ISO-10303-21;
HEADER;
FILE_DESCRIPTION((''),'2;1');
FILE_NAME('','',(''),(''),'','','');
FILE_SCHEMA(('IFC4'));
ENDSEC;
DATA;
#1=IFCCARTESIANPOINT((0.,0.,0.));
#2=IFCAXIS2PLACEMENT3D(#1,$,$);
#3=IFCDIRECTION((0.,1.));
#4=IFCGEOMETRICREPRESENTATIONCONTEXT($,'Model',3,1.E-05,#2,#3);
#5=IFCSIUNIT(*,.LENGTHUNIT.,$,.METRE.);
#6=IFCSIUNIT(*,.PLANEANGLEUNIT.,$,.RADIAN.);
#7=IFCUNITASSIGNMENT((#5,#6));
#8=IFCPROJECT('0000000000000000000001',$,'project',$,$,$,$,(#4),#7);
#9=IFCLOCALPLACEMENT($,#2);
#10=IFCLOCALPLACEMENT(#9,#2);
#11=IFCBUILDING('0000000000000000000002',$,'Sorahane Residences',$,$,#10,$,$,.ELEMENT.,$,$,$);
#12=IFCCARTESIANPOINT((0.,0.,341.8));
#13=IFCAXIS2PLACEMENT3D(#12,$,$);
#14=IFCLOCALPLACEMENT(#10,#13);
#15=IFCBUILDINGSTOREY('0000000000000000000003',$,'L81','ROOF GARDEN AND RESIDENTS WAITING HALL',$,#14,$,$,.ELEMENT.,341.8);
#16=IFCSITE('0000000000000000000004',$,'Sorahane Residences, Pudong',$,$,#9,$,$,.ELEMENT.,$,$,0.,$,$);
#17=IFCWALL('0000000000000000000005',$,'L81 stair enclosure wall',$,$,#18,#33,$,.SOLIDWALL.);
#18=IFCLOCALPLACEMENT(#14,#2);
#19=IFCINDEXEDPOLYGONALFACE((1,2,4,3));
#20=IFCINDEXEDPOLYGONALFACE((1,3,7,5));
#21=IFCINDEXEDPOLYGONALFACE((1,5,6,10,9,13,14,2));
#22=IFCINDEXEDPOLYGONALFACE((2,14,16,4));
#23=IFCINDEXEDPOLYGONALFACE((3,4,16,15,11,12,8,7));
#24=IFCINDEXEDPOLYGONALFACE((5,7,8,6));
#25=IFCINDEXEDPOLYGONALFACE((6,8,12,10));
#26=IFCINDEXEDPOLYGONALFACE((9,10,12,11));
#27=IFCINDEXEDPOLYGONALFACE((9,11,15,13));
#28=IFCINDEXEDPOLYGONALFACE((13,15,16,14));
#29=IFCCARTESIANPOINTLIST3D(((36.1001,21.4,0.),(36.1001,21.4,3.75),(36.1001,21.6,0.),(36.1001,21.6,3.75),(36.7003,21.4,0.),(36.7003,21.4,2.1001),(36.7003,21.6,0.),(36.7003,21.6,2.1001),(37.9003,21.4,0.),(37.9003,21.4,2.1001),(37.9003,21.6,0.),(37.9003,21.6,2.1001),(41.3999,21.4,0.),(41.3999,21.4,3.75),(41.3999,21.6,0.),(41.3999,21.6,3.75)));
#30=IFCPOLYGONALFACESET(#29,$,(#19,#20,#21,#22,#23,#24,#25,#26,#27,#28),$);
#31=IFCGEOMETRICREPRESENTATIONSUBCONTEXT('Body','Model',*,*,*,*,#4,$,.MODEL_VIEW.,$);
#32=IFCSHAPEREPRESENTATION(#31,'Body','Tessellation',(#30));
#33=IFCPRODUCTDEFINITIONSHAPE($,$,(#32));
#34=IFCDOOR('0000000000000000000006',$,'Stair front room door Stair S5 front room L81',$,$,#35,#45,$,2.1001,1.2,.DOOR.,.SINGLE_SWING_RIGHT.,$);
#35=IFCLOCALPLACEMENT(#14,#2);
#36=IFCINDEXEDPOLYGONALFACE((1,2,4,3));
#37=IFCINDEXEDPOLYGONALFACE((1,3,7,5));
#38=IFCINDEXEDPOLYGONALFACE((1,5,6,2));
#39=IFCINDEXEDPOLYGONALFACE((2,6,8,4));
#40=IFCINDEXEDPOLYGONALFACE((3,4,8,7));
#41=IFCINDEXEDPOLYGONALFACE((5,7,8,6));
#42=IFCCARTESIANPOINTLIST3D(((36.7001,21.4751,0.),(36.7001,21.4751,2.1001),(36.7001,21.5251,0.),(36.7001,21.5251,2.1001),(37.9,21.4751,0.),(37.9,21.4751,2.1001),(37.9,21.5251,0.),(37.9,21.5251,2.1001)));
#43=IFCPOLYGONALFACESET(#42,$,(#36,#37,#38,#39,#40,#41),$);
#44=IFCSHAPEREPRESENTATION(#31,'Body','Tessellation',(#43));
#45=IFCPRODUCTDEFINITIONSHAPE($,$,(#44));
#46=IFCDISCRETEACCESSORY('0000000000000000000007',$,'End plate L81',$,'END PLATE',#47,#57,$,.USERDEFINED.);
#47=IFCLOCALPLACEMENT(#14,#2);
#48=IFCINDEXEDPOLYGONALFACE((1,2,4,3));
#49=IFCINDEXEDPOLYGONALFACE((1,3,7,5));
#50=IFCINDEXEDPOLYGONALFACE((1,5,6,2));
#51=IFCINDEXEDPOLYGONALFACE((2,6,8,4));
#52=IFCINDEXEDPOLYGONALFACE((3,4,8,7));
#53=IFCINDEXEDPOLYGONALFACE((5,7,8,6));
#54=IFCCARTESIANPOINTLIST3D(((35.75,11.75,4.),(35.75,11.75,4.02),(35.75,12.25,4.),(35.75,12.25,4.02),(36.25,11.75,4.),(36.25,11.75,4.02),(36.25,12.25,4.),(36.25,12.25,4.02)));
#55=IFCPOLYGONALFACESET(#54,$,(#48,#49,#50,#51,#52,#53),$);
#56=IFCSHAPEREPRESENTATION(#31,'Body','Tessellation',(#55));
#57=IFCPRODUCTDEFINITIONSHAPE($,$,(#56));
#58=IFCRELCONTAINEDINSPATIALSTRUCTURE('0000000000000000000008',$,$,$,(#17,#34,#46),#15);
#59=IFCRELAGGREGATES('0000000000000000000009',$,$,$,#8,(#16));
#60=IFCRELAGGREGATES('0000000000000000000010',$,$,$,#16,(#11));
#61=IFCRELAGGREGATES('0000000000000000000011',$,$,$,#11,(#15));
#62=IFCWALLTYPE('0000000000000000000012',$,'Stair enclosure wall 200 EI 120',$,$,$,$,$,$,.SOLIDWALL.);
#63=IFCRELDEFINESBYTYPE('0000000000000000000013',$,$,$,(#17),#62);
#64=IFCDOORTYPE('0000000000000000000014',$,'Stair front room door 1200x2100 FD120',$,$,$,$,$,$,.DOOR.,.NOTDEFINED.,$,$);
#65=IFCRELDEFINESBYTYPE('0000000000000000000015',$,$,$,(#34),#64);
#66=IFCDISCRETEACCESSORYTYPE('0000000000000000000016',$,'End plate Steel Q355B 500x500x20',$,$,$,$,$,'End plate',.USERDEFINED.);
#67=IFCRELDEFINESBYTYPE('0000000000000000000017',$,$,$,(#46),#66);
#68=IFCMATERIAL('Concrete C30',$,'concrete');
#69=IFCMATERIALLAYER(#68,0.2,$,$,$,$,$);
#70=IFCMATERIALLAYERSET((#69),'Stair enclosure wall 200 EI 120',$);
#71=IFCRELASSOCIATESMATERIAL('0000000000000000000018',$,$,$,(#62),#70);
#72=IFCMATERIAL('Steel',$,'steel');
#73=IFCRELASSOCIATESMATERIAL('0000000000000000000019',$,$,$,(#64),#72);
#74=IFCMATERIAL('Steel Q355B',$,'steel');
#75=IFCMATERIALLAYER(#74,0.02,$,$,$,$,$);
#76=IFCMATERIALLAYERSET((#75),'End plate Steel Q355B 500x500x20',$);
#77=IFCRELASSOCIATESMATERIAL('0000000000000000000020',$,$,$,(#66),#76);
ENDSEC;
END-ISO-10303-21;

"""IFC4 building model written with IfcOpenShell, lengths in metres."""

from ifc_helpers import new_model, si_unit, direction, frame, frame_2d, origin, origin_2d, place, context, subcontext, project, spatial, rectangle, extrude, material, layer, layer_set, type_object, element, fill, save


model = new_model("IFC4")

# Units and contexts
model_context = context("Model", 3, precision=1e-05, world=origin(), true_north=direction((0.0, 1.0)))
body_context = subcontext(model_context, "Body", "Model", "MODEL_VIEW")
ifc_project = project(units=[si_unit("LENGTHUNIT", "METRE"), si_unit("PLANEANGLEUNIT", "RADIAN")], contexts=[model_context])

# Site, building, storey
site_placement = place(None, origin())
site = spatial("IfcSite", under=ifc_project, at=site_placement, Name="Sorahane Residences, Pudong", CompositionType="ELEMENT", RefElevation=0.0)
building_placement = place(site_placement, origin())
building = spatial("IfcBuilding", under=site, at=building_placement, Name="Sorahane Residences", CompositionType="ELEMENT")
storey_placement = place(building_placement, frame((0.0, 0.0, 341.8)))
storey = spatial("IfcBuildingStorey", under=building, at=storey_placement, Name="L81", Description="ROOF GARDEN AND RESIDENTS WAITING HALL", CompositionType="ELEMENT", Elevation=341.8)

# Shared definitions
ifc_material_1 = material(Name="Concrete C30", Category="concrete")
ifc_layer_1 = layer(ifc_material_1, 0.2)
ifc_layer_set_1 = layer_set([ifc_layer_1], Name="Stair enclosure wall 200 EI 120")
wall_type_1 = type_object("IfcWallType", Name="Stair enclosure wall 200 EI 120", PredefinedType="SOLIDWALL", material=ifc_layer_set_1)

# Wall, opening, door
wall_1_placement = place(storey_placement, frame((36.1001, 21.5, 0.0), z_axis=(0.0, 0.0, 1.0), x_axis=(1.0, 0.0, 0.0)))
wall_1 = element("IfcWall", 1, at=wall_1_placement, inside=storey, type_object=wall_type_1, Name="L81 stair enclosure wall", PredefinedType="SOLIDWALL", context=body_context, shape_type="SweptSolid", body=[
    extrude(rectangle(XDim=5.2998, YDim=0.2, at=frame_2d((2.6499, 0.0))), origin(), (0.0, 0.0, 1.0), 3.75),
])
opening_1_placement = place(wall_1_placement, frame((0.6001, 0.0, 0.0)))
opening_1 = element("IfcOpeningElement", 2, at=opening_1_placement, cuts=wall_1, PredefinedType="OPENING", context=body_context, shape_type="SweptSolid", body=[
    extrude(rectangle(XDim=1.2, YDim=2.1001, at=frame_2d((0.6001, 1.05))), frame((0.0, 0.1099, 0.0), z_axis=(0.0, -1.0, 0.0), x_axis=(1.0, 0.0, 0.0)), (0.0, 0.0, 1.0), 0.22),
])
ifc_material_2 = material(Name="Steel", Category="steel")
door_type_1 = type_object("IfcDoorType", Name="Stair front room door 1200x2100 FD120", OperationType="NOTDEFINED", PredefinedType="DOOR", material=ifc_material_2)
door_1_placement = place(opening_1_placement, frame((1.2, 0.0, 0.0), z_axis=(0.0, 0.0, 1.0), x_axis=(-1.0, 0.0, 0.0)))
door_1 = element("IfcDoor", 3, at=door_1_placement, inside=storey, type_object=door_type_1, Name="Stair front room door Stair S5 front room L81", OperationType="SINGLE_SWING_RIGHT", OverallHeight=2.1001, OverallWidth=1.2, PredefinedType="DOOR", context=body_context, shape_type="SweptSolid", body=[
    extrude(rectangle(XDim=1.2, YDim=2.1001, at=frame_2d((0.6001, 1.05))), frame((0.0, 0.0249, 0.0), z_axis=(0.0, -1.0, 0.0), x_axis=(1.0, 0.0, 0.0)), (0.0, 0.0, 1.0), 0.05),
])
fill(opening_1, door_1)

# Discrete accessory
ifc_material_3 = material(Name="Steel Q355B", Category="steel")
ifc_layer_2 = layer(ifc_material_3, 0.02)
ifc_layer_set_2 = layer_set([ifc_layer_2], Name="End plate Steel Q355B 500x500x20")
discrete_accessory_type = type_object("IfcDiscreteAccessoryType", Name="End plate Steel Q355B 500x500x20", ElementType="End plate", PredefinedType="USERDEFINED", material=ifc_layer_set_2)
discrete_accessory_placement = place(storey_placement, frame((36.0, 12.0, 4.0), z_axis=(0.0, 0.0, 1.0), x_axis=(1.0, 0.0, 0.0)))
element("IfcDiscreteAccessory", 4, at=discrete_accessory_placement, inside=storey, type_object=discrete_accessory_type, Name="End plate L81", ObjectType="END PLATE", PredefinedType="USERDEFINED", context=body_context, shape_type="SweptSolid", body=[
    extrude(rectangle(XDim=0.5, YDim=0.5, at=origin_2d()), origin(), (0.0, 0.0, 1.0), 0.02),
])

save(model, "model.ifc")
